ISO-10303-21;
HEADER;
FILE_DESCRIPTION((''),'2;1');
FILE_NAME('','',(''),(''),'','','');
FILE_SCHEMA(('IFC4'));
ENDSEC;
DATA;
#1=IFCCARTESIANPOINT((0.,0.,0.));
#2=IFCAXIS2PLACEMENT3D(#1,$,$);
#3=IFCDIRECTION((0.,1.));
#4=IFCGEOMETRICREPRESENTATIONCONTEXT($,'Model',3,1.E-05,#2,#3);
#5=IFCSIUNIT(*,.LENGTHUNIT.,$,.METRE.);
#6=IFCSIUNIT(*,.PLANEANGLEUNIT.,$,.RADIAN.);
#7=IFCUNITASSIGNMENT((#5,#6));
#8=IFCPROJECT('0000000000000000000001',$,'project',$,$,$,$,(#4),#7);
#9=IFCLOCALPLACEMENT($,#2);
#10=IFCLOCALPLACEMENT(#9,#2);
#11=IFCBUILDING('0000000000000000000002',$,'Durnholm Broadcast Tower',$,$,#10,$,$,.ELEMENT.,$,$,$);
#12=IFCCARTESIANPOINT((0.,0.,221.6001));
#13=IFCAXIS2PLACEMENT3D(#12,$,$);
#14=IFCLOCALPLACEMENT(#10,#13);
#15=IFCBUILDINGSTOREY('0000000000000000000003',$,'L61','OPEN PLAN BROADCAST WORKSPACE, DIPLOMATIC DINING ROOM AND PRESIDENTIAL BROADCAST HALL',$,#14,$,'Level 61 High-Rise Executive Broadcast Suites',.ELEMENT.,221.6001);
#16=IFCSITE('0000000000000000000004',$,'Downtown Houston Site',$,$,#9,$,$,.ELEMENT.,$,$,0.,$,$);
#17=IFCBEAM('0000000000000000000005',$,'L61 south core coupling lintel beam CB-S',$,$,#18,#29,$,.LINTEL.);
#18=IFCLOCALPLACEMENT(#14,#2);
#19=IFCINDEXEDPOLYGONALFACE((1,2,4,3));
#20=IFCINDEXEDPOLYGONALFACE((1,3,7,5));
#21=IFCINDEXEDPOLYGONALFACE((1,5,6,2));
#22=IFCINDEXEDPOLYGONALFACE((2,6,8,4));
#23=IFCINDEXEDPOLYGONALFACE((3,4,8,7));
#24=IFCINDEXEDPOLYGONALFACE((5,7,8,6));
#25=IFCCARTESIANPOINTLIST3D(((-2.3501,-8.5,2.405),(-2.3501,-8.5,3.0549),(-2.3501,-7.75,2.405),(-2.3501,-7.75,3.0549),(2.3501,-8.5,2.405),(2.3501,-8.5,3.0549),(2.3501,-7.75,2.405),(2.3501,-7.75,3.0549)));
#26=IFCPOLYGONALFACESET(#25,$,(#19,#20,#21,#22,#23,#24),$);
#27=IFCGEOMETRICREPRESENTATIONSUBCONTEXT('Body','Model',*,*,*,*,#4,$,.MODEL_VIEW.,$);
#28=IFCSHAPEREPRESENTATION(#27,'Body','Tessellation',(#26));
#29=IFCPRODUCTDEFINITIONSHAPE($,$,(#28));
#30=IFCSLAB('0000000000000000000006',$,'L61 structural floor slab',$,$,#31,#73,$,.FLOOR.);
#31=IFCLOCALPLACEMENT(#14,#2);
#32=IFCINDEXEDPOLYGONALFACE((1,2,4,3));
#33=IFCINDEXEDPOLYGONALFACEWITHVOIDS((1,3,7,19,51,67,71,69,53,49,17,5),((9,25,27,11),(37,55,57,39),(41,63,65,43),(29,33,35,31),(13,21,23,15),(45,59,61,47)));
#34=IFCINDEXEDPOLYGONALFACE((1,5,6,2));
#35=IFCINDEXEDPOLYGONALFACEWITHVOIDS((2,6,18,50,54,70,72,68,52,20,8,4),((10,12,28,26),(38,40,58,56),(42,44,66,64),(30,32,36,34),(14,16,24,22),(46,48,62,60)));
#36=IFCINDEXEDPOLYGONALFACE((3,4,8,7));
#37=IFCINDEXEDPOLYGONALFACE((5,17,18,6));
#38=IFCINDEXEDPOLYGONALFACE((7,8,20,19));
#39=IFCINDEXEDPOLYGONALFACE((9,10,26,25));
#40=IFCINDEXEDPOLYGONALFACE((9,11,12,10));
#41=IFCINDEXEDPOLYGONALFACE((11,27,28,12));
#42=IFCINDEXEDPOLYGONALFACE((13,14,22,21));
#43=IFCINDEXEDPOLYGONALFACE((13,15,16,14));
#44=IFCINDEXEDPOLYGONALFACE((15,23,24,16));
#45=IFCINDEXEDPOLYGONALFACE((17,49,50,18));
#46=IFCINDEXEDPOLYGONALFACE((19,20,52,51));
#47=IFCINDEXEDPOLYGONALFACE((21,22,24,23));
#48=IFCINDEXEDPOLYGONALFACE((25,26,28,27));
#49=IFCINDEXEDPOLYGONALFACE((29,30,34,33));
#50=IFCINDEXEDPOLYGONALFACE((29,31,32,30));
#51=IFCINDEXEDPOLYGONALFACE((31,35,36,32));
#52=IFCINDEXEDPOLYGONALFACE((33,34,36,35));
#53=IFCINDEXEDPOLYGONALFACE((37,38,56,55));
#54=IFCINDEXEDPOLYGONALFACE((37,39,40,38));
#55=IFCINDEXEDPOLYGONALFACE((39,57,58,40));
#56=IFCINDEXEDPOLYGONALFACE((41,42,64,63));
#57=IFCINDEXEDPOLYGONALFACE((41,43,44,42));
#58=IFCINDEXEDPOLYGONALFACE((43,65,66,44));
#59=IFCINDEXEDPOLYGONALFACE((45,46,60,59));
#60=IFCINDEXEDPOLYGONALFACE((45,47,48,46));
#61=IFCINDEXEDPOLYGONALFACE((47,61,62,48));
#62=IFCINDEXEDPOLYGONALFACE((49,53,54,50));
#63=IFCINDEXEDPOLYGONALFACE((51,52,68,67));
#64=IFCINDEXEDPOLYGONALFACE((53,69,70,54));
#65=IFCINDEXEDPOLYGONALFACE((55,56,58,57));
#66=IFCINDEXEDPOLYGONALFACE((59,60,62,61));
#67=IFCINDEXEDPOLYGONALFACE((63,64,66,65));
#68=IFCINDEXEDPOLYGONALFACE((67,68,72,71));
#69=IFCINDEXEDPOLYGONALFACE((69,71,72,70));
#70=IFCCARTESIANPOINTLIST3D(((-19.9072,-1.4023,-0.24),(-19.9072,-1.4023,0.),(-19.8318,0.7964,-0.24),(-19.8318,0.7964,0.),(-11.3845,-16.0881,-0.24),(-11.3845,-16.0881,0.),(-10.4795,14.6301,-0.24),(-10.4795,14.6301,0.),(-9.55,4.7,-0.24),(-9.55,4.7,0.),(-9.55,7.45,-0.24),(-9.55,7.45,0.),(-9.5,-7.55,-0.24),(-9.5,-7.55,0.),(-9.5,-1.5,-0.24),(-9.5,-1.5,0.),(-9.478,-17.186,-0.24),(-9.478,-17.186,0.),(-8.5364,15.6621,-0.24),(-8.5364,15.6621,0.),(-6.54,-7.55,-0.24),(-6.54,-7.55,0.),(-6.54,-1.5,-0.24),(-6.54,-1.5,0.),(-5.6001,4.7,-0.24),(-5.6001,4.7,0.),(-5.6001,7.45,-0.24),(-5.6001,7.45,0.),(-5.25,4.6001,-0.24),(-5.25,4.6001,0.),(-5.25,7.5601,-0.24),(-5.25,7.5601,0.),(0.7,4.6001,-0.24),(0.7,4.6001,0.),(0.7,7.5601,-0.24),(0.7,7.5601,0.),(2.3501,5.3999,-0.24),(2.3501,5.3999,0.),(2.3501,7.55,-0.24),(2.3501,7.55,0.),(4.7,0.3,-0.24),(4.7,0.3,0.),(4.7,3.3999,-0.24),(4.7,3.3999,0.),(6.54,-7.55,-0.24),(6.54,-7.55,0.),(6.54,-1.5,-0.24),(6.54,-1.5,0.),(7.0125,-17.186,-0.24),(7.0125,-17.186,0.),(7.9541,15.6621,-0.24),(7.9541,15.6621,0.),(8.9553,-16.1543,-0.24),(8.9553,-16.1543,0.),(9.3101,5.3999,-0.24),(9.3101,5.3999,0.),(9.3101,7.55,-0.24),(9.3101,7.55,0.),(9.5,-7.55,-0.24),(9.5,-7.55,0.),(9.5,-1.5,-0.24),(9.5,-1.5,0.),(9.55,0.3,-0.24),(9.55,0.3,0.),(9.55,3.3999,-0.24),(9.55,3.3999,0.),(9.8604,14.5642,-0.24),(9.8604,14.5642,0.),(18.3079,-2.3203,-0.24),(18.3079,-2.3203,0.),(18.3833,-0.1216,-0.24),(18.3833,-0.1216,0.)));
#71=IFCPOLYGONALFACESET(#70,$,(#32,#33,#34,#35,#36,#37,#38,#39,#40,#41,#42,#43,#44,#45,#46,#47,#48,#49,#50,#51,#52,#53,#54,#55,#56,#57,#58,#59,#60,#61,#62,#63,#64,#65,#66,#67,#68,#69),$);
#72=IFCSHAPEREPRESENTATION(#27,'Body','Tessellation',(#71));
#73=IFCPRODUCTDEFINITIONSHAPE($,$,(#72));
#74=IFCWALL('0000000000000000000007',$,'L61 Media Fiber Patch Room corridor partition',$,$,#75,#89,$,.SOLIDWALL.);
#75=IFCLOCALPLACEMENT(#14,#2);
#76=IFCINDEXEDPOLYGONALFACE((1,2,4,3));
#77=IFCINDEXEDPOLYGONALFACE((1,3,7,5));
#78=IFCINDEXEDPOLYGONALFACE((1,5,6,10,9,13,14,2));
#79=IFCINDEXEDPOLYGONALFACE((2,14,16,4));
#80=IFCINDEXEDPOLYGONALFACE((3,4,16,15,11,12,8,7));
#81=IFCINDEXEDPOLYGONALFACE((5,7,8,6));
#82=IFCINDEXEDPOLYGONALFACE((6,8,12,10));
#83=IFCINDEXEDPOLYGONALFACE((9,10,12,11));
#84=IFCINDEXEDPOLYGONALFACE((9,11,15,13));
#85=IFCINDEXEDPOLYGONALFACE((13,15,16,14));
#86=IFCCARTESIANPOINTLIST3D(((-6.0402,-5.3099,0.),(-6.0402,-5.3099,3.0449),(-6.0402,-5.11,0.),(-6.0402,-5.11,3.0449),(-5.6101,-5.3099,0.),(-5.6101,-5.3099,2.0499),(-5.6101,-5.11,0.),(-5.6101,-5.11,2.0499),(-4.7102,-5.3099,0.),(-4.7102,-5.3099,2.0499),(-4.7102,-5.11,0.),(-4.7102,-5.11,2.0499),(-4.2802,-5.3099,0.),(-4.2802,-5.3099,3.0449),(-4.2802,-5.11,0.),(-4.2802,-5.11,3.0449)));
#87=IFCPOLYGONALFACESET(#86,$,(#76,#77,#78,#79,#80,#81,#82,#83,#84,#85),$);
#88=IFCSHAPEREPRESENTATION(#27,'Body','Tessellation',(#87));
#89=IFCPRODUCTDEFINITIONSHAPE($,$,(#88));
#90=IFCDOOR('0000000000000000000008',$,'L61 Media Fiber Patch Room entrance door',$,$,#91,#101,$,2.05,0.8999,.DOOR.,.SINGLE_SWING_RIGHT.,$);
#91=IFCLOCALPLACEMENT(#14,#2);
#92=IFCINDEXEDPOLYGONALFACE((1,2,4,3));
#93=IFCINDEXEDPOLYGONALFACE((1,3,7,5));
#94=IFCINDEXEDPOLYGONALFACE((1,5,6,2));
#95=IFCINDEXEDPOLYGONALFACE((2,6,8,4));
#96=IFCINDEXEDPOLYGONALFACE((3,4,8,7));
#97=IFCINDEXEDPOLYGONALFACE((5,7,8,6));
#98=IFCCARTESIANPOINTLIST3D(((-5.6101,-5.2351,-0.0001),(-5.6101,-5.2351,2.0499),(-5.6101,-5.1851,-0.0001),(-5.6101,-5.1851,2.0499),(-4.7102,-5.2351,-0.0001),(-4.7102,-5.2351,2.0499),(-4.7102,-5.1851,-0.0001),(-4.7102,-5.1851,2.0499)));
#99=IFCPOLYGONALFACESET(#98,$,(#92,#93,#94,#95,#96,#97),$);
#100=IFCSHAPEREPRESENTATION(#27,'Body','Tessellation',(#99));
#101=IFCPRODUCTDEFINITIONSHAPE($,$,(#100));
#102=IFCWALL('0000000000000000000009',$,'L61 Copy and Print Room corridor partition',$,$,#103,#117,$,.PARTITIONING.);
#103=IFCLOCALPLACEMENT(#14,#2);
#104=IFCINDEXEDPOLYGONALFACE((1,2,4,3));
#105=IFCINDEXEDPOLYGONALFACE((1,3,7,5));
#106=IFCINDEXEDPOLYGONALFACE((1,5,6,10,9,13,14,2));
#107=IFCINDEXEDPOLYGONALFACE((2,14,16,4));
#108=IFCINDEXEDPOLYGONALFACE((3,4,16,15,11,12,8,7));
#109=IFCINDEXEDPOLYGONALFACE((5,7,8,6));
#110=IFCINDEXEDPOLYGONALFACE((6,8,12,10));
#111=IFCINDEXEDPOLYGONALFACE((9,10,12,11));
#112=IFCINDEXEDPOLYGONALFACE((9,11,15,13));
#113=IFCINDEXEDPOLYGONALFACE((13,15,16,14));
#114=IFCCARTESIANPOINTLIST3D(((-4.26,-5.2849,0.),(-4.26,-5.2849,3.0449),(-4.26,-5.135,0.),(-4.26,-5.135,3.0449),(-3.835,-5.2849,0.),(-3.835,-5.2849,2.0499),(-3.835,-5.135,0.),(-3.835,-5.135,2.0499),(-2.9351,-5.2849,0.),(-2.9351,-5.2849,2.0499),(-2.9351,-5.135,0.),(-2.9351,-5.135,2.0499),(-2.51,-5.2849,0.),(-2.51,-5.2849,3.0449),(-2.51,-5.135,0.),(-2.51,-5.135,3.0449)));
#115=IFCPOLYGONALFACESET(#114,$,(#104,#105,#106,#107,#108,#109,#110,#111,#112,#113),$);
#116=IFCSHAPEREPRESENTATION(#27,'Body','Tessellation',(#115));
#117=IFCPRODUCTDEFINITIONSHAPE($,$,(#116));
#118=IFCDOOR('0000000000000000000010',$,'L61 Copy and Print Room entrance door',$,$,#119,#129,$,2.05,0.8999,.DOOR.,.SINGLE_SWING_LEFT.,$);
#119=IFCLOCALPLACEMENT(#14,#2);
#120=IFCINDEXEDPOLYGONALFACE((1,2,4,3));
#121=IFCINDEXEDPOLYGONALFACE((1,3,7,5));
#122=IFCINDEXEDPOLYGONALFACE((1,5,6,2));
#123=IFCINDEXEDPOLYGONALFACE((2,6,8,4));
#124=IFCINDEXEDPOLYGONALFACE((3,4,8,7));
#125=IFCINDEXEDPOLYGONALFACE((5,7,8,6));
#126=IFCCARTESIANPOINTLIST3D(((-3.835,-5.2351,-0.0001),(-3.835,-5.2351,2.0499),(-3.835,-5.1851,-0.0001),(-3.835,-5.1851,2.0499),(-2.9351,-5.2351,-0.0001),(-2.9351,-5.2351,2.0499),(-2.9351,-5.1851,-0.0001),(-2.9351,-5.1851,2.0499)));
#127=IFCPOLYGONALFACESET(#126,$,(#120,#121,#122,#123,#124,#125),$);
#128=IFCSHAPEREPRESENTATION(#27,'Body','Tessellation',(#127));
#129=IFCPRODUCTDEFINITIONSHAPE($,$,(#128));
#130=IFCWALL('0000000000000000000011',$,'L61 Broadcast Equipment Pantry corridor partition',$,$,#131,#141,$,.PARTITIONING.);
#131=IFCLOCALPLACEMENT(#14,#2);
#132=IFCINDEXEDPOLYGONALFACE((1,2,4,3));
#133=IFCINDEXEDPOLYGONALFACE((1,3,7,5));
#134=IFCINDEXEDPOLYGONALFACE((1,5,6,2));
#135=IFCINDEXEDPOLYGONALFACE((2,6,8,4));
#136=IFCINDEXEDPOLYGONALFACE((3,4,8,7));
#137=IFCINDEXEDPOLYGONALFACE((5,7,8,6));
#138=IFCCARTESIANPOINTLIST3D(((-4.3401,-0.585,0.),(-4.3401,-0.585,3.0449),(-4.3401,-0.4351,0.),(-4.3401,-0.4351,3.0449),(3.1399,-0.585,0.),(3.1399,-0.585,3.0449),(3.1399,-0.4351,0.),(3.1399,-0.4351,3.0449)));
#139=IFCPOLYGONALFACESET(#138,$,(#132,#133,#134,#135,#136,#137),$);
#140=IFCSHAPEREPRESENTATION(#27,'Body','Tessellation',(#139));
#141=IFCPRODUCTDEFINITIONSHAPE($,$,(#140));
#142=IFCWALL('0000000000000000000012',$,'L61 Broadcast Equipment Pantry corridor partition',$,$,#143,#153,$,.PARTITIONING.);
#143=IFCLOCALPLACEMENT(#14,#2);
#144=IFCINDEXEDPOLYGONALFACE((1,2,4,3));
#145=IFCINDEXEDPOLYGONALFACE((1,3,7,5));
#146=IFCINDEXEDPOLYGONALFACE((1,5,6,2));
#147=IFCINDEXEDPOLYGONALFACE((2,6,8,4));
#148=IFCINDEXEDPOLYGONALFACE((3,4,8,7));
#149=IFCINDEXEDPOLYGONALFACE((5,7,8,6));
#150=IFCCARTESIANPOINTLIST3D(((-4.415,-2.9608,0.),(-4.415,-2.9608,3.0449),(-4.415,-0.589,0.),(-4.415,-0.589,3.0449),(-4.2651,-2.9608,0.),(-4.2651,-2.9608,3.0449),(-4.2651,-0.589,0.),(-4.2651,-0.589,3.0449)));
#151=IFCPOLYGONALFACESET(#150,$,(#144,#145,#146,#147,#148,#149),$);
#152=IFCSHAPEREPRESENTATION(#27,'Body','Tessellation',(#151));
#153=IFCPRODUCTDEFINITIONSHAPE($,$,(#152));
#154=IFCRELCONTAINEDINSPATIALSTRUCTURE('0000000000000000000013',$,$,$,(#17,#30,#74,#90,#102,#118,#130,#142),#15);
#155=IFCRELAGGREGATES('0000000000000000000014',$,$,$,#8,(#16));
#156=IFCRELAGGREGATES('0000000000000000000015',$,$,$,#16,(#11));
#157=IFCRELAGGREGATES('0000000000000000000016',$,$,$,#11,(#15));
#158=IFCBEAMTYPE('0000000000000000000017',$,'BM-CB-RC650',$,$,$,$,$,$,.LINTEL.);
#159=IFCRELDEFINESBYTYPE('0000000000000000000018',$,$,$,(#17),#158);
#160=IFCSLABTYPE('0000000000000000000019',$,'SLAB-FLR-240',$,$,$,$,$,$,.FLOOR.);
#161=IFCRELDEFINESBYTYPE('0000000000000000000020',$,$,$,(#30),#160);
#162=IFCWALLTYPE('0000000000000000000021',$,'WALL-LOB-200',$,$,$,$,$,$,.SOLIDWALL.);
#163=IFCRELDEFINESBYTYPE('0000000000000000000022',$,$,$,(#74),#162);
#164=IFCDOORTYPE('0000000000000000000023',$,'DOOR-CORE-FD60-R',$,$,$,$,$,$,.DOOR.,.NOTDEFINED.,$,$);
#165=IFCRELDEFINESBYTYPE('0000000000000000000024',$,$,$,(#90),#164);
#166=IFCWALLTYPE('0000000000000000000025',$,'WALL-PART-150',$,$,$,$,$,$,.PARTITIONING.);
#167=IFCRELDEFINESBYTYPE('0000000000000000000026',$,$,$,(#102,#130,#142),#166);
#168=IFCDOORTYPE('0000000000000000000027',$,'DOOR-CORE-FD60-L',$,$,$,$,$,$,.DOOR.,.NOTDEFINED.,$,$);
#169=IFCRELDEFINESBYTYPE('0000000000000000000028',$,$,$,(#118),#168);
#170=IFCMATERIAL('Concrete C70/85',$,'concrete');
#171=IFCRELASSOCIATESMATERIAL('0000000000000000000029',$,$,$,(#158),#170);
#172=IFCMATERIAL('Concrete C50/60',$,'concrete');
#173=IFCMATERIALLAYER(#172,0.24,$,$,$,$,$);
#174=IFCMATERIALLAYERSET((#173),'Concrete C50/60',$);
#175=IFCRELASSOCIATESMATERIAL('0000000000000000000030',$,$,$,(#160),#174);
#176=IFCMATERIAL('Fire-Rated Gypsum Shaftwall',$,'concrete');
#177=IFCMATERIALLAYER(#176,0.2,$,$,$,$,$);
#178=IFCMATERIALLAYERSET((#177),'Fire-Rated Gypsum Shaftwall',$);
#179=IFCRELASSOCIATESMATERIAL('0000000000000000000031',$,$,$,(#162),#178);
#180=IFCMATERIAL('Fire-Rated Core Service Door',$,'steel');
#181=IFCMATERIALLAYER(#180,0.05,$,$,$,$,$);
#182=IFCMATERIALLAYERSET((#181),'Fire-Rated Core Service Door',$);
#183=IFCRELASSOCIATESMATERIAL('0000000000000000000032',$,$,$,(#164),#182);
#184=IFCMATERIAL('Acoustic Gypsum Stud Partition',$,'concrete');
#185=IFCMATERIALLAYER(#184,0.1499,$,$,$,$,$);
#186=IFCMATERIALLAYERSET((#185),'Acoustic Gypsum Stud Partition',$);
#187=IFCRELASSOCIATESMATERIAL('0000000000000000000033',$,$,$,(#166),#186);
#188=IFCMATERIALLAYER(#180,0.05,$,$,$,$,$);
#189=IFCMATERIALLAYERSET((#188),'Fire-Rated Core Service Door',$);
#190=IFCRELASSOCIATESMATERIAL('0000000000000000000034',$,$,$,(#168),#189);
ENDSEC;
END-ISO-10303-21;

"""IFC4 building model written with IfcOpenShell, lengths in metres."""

from ifc_helpers import new_model, si_unit, direction, frame, frame_2d, origin, origin_2d, place, context, subcontext, project, spatial, polyline, rectangle, outline, extrude, source, transform, mapped, material, layer, layer_set, material_profile, profile_set, type_object, type_shapes, element, fill, save


model = new_model("IFC4")

# Units and contexts
model_context = context("Model", 3, precision=1e-05, world=origin(), true_north=direction((0.0, 1.0)))
body_context = subcontext(model_context, "Body", "Model", "MODEL_VIEW")
ifc_project = project(units=[si_unit("LENGTHUNIT", "METRE"), si_unit("PLANEANGLEUNIT", "RADIAN")], contexts=[model_context])

# Site, building, storey
site_placement = place(None, origin())
site = spatial("IfcSite", under=ifc_project, at=site_placement, Name="Downtown Houston Site", CompositionType="ELEMENT", RefElevation=0.0)
building_placement = place(site_placement, origin())
building = spatial("IfcBuilding", under=site, at=building_placement, Name="Durnholm Broadcast Tower", CompositionType="ELEMENT")
storey_placement = place(building_placement, frame((0.0, 0.0, 221.6001)))
storey = spatial("IfcBuildingStorey", under=building, at=storey_placement, Name="L61", Description="OPEN PLAN BROADCAST WORKSPACE, DIPLOMATIC DINING ROOM AND PRESIDENTIAL BROADCAST HALL", LongName="Level 61 High-Rise Executive Broadcast Suites", CompositionType="ELEMENT", Elevation=221.6001)

# Beam
ifc_material_1 = material(Name="Concrete C70/85", Category="concrete")
ifc_material_profile = material_profile(ifc_material_1, rectangle(XDim=0.75, YDim=0.6499, at=origin_2d()), Name="RC750X650")
ifc_profile_set = profile_set([ifc_material_profile], Name="Concrete C70/85")
beam_type = type_object("IfcBeamType", Name="BM-CB-RC650", PredefinedType="LINTEL", material=ifc_profile_set)
shared_shape_1 = source(origin(), body_context, "Body", "SweptSolid", [
    extrude(rectangle(XDim=0.75, YDim=0.6499, at=origin_2d()), origin(), (0.0, 0.0, 1.0), 4.7002),
])
type_shapes(beam_type, [shared_shape_1])
beam_placement = place(storey_placement, frame((-2.3501, -8.125, 2.73), z_axis=(1.0, 0.0, 0.0), x_axis=(0.0, 1.0, 0.0)))
element("IfcBeam", 1, at=beam_placement, inside=storey, type_object=beam_type, Name="L61 south core coupling lintel beam CB-S", PredefinedType="LINTEL", context=body_context, shape_type="MappedRepresentation", body=[
    mapped(shared_shape_1, transform((0.0, 0.0, 0.0), x_axis=(1.0, 0.0, 0.0), y_axis=(0.0, 1.0, 0.0), z_axis=(0.0, 0.0, 1.0), scale=1.0)),
])

# Slab
ifc_material_2 = material(Name="Concrete C50/60", Category="concrete")
ifc_layer_1 = layer(ifc_material_2, 0.24)
ifc_layer_set_1 = layer_set([ifc_layer_1], Name="Concrete C50/60")
slab_type = type_object("IfcSlabType", Name="SLAB-FLR-240", PredefinedType="FLOOR", material=ifc_layer_set_1)
slab_placement = place(storey_placement, frame((0.0, 0.0, -0.24)))
element("IfcSlab", 2, at=slab_placement, inside=storey, type_object=slab_type, Name="L61 structural floor slab", PredefinedType="FLOOR", context=body_context, shape_type="SweptSolid", body=[
    extrude(outline(polyline([(-11.3845, -16.0881), (-9.478, -17.186), (7.0125, -17.186), (8.9553, -16.1543), (18.3079, -2.3203), (18.3833, -0.1216), (9.8604, 14.5642), (7.9541, 15.6621), (-8.5364, 15.6621), (-10.4795, 14.6301), (-19.8318, 0.7964), (-19.9072, -1.4023), (-11.3845, -16.0881)]), holes=[polyline([(-6.54, -1.5), (-9.5, -1.5), (-9.5, -7.55), (-6.54, -7.55), (-6.54, -1.5)]), polyline([(9.5, -7.55), (9.5, -1.5), (6.54, -1.5), (6.54, -7.55), (9.5, -7.55)]), polyline([(9.55, 3.3999), (4.7, 3.3999), (4.7, 0.3), (9.55, 0.3), (9.55, 3.3999)]), polyline([(-9.55, 7.45), (-9.55, 4.7), (-5.6001, 4.7), (-5.6001, 7.45), (-9.55, 7.45)]), polyline([(-5.25, 4.6001), (0.7, 4.6001), (0.7, 7.5601), (-5.25, 7.5601), (-5.25, 4.6001)]), polyline([(9.3101, 7.55), (2.3501, 7.55), (2.3501, 5.3999), (9.3101, 5.3999), (9.3101, 7.55)])]), origin(), (0.0, 0.0, 1.0), 0.24),
])

# Walls, openings, doors
ifc_material_3 = material(Name="Fire-Rated Gypsum Shaftwall", Category="concrete")
ifc_layer_2 = layer(ifc_material_3, 0.2)
ifc_layer_set_2 = layer_set([ifc_layer_2], Name="Fire-Rated Gypsum Shaftwall")
wall_type_1 = type_object("IfcWallType", Name="WALL-LOB-200", PredefinedType="SOLIDWALL", material=ifc_layer_set_2)
wall_1_placement = place(storey_placement, frame((-6.04, -5.21, 0.0), z_axis=(0.0, 0.0, 1.0), x_axis=(1.0, 0.0, 0.0)))
wall_1 = element("IfcWall", 3, at=wall_1_placement, inside=storey, type_object=wall_type_1, Name="L61 Media Fiber Patch Room corridor partition", PredefinedType="SOLIDWALL", context=body_context, shape_type="SweptSolid", body=[
    extrude(rectangle(XDim=1.76, YDim=0.2, at=frame_2d((0.8799, 0.0))), origin(), (0.0, 0.0, 1.0), 3.0449),
])
opening_1_placement = place(wall_1_placement, frame((0.4299, 0.0, 0.0)))
opening_1 = element("IfcOpeningElement", 4, at=opening_1_placement, cuts=wall_1, PredefinedType="OPENING", context=body_context, shape_type="SweptSolid", body=[
    extrude(rectangle(XDim=0.8999, YDim=2.05, at=frame_2d((0.45, 1.0249))), frame((0.0, 0.1099, 0.0), z_axis=(0.0, -1.0, 0.0), x_axis=(1.0, 0.0, 0.0)), (0.0, 0.0, 1.0), 0.22),
])
ifc_material_4 = material(Name="Fire-Rated Core Service Door", Category="steel")
ifc_layer_3 = layer(ifc_material_4, 0.05)
ifc_layer_set_3 = layer_set([ifc_layer_3], Name="Fire-Rated Core Service Door")
door_type_1 = type_object("IfcDoorType", Name="DOOR-CORE-FD60-R", OperationType="NOTDEFINED", PredefinedType="DOOR", material=ifc_layer_set_3)
shared_shape_2 = source(origin(), body_context, "Body", "SweptSolid", [
    extrude(rectangle(XDim=0.8999, YDim=2.05, at=frame_2d((0.45, 1.0249))), frame((0.0, 0.0249, 0.0), z_axis=(0.0, -1.0, 0.0), x_axis=(1.0, 0.0, 0.0)), (0.0, 0.0, 1.0), 0.05),
])
type_shapes(door_type_1, [shared_shape_2])
door_1_placement = place(opening_1_placement, origin())
door_1 = element("IfcDoor", 5, at=door_1_placement, inside=storey, type_object=door_type_1, Name="L61 Media Fiber Patch Room entrance door", OperationType="SINGLE_SWING_RIGHT", OverallHeight=2.05, OverallWidth=0.8999, PredefinedType="DOOR", context=body_context, shape_type="MappedRepresentation", body=[
    mapped(shared_shape_2, transform((0.0, 0.0, 0.0), x_axis=(1.0, 0.0, 0.0), y_axis=(0.0, 1.0, 0.0), z_axis=(0.0, 0.0, 1.0), scale=1.0)),
])
fill(opening_1, door_1)
ifc_material_5 = material(Name="Acoustic Gypsum Stud Partition", Category="concrete")
ifc_layer_4 = layer(ifc_material_5, 0.1499)
ifc_layer_set_4 = layer_set([ifc_layer_4], Name="Acoustic Gypsum Stud Partition")
wall_type_2 = type_object("IfcWallType", Name="WALL-PART-150", PredefinedType="PARTITIONING", material=ifc_layer_set_4)
wall_2_placement = place(storey_placement, frame((-4.26, -5.21, 0.0), z_axis=(0.0, 0.0, 1.0), x_axis=(1.0, 0.0, 0.0)))
wall_2 = element("IfcWall", 6, at=wall_2_placement, inside=storey, type_object=wall_type_2, Name="L61 Copy and Print Room corridor partition", PredefinedType="PARTITIONING", context=body_context, shape_type="SweptSolid", body=[
    extrude(rectangle(XDim=1.75, YDim=0.1499, at=frame_2d((0.875, 0.0))), origin(), (0.0, 0.0, 1.0), 3.0449),
])
opening_2_placement = place(wall_2_placement, frame((0.425, 0.0, 0.0)))
opening_2 = element("IfcOpeningElement", 7, at=opening_2_placement, cuts=wall_2, PredefinedType="OPENING", context=body_context, shape_type="SweptSolid", body=[
    extrude(rectangle(XDim=0.8999, YDim=2.05, at=frame_2d((0.45, 1.0249))), frame((0.0, 0.085, 0.0), z_axis=(0.0, -1.0, 0.0), x_axis=(1.0, 0.0, 0.0)), (0.0, 0.0, 1.0), 0.1699),
])
ifc_layer_5 = layer(ifc_material_4, 0.05)
ifc_layer_set_5 = layer_set([ifc_layer_5], Name="Fire-Rated Core Service Door")
door_type_2 = type_object("IfcDoorType", Name="DOOR-CORE-FD60-L", OperationType="NOTDEFINED", PredefinedType="DOOR", material=ifc_layer_set_5)
shared_shape_3 = source(origin(), body_context, "Body", "SweptSolid", [
    extrude(rectangle(XDim=0.8999, YDim=2.05, at=frame_2d((0.45, 1.0249))), frame((0.0, 0.0249, 0.0), z_axis=(0.0, -1.0, 0.0), x_axis=(1.0, 0.0, 0.0)), (0.0, 0.0, 1.0), 0.05),
])
type_shapes(door_type_2, [shared_shape_3])
door_2_placement = place(opening_2_placement, origin())
door_2 = element("IfcDoor", 8, at=door_2_placement, inside=storey, type_object=door_type_2, Name="L61 Copy and Print Room entrance door", OperationType="SINGLE_SWING_LEFT", OverallHeight=2.05, OverallWidth=0.8999, PredefinedType="DOOR", context=body_context, shape_type="MappedRepresentation", body=[
    mapped(shared_shape_3, transform((0.0, 0.0, 0.0), x_axis=(1.0, 0.0, 0.0), y_axis=(0.0, 1.0, 0.0), z_axis=(0.0, 0.0, 1.0), scale=1.0)),
])
fill(opening_2, door_2)

# Walls
wall_3_placement = place(storey_placement, frame((-4.3401, -0.51, 0.0), z_axis=(0.0, 0.0, 1.0), x_axis=(1.0, 0.0, 0.0)))
element("IfcWall", 9, at=wall_3_placement, inside=storey, type_object=wall_type_2, Name="L61 Broadcast Equipment Pantry corridor partition", PredefinedType="PARTITIONING", context=body_context, shape_type="SweptSolid", body=[
    extrude(rectangle(XDim=7.48, YDim=0.1499, at=frame_2d((3.74, 0.0))), origin(), (0.0, 0.0, 1.0), 3.0449),
])
wall_4_placement = place(storey_placement, frame((-4.3401, -2.9609, 0.0), z_axis=(0.0, 0.0, 1.0), x_axis=(0.0, 1.0, 0.0)))
element("IfcWall", 10, at=wall_4_placement, inside=storey, type_object=wall_type_2, Name="L61 Broadcast Equipment Pantry corridor partition", PredefinedType="PARTITIONING", context=body_context, shape_type="SweptSolid", body=[
    extrude(rectangle(XDim=2.3718, YDim=0.1499, at=frame_2d((1.186, 0.0))), origin(), (0.0, 0.0, 1.0), 3.0449),
])

save(model, "model.ifc")
